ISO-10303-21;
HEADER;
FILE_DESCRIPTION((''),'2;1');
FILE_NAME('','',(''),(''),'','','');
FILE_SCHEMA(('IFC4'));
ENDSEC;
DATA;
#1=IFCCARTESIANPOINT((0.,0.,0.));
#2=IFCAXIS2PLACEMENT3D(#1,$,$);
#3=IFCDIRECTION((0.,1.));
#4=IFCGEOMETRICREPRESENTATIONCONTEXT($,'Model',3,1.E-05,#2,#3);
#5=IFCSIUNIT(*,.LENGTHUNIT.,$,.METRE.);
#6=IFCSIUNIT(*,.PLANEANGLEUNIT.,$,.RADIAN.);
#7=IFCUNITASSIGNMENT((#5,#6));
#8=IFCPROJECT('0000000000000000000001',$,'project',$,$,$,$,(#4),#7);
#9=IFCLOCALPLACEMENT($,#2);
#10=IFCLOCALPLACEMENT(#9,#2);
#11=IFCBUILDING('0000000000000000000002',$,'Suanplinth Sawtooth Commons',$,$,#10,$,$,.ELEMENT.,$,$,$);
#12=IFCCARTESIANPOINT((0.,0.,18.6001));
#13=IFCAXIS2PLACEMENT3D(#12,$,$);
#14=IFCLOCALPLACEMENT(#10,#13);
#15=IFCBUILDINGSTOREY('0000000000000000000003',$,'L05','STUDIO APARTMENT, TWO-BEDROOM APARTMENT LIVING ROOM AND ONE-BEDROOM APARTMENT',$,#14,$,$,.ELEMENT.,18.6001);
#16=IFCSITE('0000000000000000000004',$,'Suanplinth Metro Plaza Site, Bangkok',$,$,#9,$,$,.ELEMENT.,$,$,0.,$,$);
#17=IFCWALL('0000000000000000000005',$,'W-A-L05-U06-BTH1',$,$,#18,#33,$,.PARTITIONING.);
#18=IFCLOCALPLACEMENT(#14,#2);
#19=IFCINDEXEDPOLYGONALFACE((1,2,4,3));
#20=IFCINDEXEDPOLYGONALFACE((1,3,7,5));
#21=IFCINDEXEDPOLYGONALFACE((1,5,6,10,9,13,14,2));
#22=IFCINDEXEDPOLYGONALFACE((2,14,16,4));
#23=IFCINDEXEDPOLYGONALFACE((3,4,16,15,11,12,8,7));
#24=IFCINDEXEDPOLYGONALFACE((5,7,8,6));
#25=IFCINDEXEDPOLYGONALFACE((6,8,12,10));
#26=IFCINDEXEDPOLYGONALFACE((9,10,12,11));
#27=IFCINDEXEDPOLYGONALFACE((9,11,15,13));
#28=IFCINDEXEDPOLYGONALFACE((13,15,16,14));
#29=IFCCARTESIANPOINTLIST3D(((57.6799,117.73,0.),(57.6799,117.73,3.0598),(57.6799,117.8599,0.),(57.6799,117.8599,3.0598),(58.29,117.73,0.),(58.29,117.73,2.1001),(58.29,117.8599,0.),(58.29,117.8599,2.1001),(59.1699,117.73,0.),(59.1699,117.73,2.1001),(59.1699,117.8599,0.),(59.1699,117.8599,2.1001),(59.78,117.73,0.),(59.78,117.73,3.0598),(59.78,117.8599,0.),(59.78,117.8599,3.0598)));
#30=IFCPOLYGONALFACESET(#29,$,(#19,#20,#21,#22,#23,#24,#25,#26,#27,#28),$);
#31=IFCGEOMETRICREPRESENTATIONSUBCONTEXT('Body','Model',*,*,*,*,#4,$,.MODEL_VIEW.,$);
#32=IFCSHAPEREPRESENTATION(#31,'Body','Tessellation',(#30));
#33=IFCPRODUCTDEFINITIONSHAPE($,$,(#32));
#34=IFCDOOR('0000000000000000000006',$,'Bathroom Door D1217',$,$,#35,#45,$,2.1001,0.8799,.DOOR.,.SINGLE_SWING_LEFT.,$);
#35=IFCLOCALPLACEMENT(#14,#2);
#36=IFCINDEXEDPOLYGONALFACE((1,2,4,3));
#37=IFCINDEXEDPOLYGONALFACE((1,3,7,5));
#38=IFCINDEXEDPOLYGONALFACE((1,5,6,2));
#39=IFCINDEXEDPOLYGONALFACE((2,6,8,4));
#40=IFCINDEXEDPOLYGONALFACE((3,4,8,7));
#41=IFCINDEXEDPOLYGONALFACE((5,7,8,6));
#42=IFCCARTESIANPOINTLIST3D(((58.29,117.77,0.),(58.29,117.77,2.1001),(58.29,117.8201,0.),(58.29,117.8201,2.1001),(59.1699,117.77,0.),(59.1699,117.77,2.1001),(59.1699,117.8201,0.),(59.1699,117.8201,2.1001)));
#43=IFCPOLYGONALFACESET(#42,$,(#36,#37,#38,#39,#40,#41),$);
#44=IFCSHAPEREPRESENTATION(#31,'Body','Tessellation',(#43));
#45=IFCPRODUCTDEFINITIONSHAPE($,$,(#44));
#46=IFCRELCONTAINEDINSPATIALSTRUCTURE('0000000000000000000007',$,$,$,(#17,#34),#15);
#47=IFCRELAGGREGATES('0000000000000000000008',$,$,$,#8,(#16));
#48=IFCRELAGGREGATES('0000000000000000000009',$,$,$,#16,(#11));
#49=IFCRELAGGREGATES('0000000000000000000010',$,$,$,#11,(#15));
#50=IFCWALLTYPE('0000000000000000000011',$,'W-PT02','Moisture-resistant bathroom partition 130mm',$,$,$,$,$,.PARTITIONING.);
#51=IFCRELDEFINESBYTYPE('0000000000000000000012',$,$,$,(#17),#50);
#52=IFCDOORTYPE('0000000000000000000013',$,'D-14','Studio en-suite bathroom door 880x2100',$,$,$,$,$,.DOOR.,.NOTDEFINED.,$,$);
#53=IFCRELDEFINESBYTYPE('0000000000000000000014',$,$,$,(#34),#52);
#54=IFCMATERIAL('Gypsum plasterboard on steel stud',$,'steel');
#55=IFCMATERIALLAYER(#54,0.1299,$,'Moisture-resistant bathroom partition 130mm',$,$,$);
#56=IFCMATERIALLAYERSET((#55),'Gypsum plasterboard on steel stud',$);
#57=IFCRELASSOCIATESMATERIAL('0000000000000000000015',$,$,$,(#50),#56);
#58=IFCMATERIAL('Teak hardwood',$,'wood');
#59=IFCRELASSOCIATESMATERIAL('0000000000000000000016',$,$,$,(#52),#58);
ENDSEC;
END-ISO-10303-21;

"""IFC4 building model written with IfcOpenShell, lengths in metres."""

from ifc_helpers import new_model, si_unit, direction, frame, frame_2d, origin, place, context, subcontext, project, spatial, rectangle, extrude, material, layer, layer_set, type_object, element, fill, save


model = new_model("IFC4")

# Units and contexts
model_context = context("Model", 3, precision=1e-05, world=origin(), true_north=direction((0.0, 1.0)))
body_context = subcontext(model_context, "Body", "Model", "MODEL_VIEW")
ifc_project = project(units=[si_unit("LENGTHUNIT", "METRE"), si_unit("PLANEANGLEUNIT", "RADIAN")], contexts=[model_context])

# Site, building, storey
site_placement = place(None, origin())
site = spatial("IfcSite", under=ifc_project, at=site_placement, Name="Suanplinth Metro Plaza Site, Bangkok", CompositionType="ELEMENT", RefElevation=0.0)
building_placement = place(site_placement, origin())
building = spatial("IfcBuilding", under=site, at=building_placement, Name="Suanplinth Sawtooth Commons", CompositionType="ELEMENT")
storey_placement = place(building_placement, frame((0.0, 0.0, 18.6001)))
storey = spatial("IfcBuildingStorey", under=building, at=storey_placement, Name="L05", Description="STUDIO APARTMENT, TWO-BEDROOM APARTMENT LIVING ROOM AND ONE-BEDROOM APARTMENT", CompositionType="ELEMENT", Elevation=18.6001)

# Shared definitions
ifc_material_1 = material(Name="Gypsum plasterboard on steel stud", Category="steel")
ifc_material_2 = material(Name="Teak hardwood", Category="wood")

# Shared definitions
ifc_layer_1 = layer(ifc_material_1, 0.1299, Name="Moisture-resistant bathroom partition 130mm")
ifc_layer_set_1 = layer_set([ifc_layer_1], Name="Gypsum plasterboard on steel stud")
wall_type_1 = type_object("IfcWallType", Name="W-PT02", Description="Moisture-resistant bathroom partition 130mm", PredefinedType="PARTITIONING", material=ifc_layer_set_1)
door_type_1 = type_object("IfcDoorType", Name="D-14", Description="Studio en-suite bathroom door 880x2100", OperationType="NOTDEFINED", PredefinedType="DOOR", material=ifc_material_2)

# Wall, opening, door
wall_1_placement = place(storey_placement, frame((57.6799, 117.7949, 0.0), z_axis=(0.0, 0.0, 1.0), x_axis=(1.0, 0.0, 0.0)))
wall_1 = element("IfcWall", 1, at=wall_1_placement, inside=storey, type_object=wall_type_1, Name="W-A-L05-U06-BTH1", PredefinedType="PARTITIONING", context=body_context, shape_type="SweptSolid", body=[
    extrude(rectangle(XDim=2.1001, YDim=0.1299, at=frame_2d((1.05, 0.0))), origin(), (0.0, 0.0, 1.0), 3.0598),
])
opening_1_placement = place(wall_1_placement, frame((0.6101, 0.0, 0.0)))
opening_1 = element("IfcOpeningElement", 2, at=opening_1_placement, cuts=wall_1, PredefinedType="OPENING", context=body_context, shape_type="SweptSolid", body=[
    extrude(rectangle(XDim=0.8799, YDim=2.1001, at=frame_2d((0.4399, 1.05))), frame((0.0, 0.0798, 0.0), z_axis=(0.0, -1.0, 0.0), x_axis=(1.0, 0.0, 0.0)), (0.0, 0.0, 1.0), 0.1597),
])
door_1_placement = place(opening_1_placement, frame((0.8799, 0.0, 0.0), z_axis=(0.0, 0.0, 1.0), x_axis=(-1.0, 0.0, 0.0)))
door_1 = element("IfcDoor", 3, at=door_1_placement, inside=storey, type_object=door_type_1, Name="Bathroom Door D1217", OperationType="SINGLE_SWING_LEFT", OverallHeight=2.1001, OverallWidth=0.8799, PredefinedType="DOOR", context=body_context, shape_type="SweptSolid", body=[
    extrude(rectangle(XDim=0.8799, YDim=2.1001, at=frame_2d((0.4399, 1.05))), frame((0.0, 0.0249, 0.0), z_axis=(0.0, -1.0, 0.0), x_axis=(1.0, 0.0, 0.0)), (0.0, 0.0, 1.0), 0.05),
])
fill(opening_1, door_1)

save(model, "model.ifc")
